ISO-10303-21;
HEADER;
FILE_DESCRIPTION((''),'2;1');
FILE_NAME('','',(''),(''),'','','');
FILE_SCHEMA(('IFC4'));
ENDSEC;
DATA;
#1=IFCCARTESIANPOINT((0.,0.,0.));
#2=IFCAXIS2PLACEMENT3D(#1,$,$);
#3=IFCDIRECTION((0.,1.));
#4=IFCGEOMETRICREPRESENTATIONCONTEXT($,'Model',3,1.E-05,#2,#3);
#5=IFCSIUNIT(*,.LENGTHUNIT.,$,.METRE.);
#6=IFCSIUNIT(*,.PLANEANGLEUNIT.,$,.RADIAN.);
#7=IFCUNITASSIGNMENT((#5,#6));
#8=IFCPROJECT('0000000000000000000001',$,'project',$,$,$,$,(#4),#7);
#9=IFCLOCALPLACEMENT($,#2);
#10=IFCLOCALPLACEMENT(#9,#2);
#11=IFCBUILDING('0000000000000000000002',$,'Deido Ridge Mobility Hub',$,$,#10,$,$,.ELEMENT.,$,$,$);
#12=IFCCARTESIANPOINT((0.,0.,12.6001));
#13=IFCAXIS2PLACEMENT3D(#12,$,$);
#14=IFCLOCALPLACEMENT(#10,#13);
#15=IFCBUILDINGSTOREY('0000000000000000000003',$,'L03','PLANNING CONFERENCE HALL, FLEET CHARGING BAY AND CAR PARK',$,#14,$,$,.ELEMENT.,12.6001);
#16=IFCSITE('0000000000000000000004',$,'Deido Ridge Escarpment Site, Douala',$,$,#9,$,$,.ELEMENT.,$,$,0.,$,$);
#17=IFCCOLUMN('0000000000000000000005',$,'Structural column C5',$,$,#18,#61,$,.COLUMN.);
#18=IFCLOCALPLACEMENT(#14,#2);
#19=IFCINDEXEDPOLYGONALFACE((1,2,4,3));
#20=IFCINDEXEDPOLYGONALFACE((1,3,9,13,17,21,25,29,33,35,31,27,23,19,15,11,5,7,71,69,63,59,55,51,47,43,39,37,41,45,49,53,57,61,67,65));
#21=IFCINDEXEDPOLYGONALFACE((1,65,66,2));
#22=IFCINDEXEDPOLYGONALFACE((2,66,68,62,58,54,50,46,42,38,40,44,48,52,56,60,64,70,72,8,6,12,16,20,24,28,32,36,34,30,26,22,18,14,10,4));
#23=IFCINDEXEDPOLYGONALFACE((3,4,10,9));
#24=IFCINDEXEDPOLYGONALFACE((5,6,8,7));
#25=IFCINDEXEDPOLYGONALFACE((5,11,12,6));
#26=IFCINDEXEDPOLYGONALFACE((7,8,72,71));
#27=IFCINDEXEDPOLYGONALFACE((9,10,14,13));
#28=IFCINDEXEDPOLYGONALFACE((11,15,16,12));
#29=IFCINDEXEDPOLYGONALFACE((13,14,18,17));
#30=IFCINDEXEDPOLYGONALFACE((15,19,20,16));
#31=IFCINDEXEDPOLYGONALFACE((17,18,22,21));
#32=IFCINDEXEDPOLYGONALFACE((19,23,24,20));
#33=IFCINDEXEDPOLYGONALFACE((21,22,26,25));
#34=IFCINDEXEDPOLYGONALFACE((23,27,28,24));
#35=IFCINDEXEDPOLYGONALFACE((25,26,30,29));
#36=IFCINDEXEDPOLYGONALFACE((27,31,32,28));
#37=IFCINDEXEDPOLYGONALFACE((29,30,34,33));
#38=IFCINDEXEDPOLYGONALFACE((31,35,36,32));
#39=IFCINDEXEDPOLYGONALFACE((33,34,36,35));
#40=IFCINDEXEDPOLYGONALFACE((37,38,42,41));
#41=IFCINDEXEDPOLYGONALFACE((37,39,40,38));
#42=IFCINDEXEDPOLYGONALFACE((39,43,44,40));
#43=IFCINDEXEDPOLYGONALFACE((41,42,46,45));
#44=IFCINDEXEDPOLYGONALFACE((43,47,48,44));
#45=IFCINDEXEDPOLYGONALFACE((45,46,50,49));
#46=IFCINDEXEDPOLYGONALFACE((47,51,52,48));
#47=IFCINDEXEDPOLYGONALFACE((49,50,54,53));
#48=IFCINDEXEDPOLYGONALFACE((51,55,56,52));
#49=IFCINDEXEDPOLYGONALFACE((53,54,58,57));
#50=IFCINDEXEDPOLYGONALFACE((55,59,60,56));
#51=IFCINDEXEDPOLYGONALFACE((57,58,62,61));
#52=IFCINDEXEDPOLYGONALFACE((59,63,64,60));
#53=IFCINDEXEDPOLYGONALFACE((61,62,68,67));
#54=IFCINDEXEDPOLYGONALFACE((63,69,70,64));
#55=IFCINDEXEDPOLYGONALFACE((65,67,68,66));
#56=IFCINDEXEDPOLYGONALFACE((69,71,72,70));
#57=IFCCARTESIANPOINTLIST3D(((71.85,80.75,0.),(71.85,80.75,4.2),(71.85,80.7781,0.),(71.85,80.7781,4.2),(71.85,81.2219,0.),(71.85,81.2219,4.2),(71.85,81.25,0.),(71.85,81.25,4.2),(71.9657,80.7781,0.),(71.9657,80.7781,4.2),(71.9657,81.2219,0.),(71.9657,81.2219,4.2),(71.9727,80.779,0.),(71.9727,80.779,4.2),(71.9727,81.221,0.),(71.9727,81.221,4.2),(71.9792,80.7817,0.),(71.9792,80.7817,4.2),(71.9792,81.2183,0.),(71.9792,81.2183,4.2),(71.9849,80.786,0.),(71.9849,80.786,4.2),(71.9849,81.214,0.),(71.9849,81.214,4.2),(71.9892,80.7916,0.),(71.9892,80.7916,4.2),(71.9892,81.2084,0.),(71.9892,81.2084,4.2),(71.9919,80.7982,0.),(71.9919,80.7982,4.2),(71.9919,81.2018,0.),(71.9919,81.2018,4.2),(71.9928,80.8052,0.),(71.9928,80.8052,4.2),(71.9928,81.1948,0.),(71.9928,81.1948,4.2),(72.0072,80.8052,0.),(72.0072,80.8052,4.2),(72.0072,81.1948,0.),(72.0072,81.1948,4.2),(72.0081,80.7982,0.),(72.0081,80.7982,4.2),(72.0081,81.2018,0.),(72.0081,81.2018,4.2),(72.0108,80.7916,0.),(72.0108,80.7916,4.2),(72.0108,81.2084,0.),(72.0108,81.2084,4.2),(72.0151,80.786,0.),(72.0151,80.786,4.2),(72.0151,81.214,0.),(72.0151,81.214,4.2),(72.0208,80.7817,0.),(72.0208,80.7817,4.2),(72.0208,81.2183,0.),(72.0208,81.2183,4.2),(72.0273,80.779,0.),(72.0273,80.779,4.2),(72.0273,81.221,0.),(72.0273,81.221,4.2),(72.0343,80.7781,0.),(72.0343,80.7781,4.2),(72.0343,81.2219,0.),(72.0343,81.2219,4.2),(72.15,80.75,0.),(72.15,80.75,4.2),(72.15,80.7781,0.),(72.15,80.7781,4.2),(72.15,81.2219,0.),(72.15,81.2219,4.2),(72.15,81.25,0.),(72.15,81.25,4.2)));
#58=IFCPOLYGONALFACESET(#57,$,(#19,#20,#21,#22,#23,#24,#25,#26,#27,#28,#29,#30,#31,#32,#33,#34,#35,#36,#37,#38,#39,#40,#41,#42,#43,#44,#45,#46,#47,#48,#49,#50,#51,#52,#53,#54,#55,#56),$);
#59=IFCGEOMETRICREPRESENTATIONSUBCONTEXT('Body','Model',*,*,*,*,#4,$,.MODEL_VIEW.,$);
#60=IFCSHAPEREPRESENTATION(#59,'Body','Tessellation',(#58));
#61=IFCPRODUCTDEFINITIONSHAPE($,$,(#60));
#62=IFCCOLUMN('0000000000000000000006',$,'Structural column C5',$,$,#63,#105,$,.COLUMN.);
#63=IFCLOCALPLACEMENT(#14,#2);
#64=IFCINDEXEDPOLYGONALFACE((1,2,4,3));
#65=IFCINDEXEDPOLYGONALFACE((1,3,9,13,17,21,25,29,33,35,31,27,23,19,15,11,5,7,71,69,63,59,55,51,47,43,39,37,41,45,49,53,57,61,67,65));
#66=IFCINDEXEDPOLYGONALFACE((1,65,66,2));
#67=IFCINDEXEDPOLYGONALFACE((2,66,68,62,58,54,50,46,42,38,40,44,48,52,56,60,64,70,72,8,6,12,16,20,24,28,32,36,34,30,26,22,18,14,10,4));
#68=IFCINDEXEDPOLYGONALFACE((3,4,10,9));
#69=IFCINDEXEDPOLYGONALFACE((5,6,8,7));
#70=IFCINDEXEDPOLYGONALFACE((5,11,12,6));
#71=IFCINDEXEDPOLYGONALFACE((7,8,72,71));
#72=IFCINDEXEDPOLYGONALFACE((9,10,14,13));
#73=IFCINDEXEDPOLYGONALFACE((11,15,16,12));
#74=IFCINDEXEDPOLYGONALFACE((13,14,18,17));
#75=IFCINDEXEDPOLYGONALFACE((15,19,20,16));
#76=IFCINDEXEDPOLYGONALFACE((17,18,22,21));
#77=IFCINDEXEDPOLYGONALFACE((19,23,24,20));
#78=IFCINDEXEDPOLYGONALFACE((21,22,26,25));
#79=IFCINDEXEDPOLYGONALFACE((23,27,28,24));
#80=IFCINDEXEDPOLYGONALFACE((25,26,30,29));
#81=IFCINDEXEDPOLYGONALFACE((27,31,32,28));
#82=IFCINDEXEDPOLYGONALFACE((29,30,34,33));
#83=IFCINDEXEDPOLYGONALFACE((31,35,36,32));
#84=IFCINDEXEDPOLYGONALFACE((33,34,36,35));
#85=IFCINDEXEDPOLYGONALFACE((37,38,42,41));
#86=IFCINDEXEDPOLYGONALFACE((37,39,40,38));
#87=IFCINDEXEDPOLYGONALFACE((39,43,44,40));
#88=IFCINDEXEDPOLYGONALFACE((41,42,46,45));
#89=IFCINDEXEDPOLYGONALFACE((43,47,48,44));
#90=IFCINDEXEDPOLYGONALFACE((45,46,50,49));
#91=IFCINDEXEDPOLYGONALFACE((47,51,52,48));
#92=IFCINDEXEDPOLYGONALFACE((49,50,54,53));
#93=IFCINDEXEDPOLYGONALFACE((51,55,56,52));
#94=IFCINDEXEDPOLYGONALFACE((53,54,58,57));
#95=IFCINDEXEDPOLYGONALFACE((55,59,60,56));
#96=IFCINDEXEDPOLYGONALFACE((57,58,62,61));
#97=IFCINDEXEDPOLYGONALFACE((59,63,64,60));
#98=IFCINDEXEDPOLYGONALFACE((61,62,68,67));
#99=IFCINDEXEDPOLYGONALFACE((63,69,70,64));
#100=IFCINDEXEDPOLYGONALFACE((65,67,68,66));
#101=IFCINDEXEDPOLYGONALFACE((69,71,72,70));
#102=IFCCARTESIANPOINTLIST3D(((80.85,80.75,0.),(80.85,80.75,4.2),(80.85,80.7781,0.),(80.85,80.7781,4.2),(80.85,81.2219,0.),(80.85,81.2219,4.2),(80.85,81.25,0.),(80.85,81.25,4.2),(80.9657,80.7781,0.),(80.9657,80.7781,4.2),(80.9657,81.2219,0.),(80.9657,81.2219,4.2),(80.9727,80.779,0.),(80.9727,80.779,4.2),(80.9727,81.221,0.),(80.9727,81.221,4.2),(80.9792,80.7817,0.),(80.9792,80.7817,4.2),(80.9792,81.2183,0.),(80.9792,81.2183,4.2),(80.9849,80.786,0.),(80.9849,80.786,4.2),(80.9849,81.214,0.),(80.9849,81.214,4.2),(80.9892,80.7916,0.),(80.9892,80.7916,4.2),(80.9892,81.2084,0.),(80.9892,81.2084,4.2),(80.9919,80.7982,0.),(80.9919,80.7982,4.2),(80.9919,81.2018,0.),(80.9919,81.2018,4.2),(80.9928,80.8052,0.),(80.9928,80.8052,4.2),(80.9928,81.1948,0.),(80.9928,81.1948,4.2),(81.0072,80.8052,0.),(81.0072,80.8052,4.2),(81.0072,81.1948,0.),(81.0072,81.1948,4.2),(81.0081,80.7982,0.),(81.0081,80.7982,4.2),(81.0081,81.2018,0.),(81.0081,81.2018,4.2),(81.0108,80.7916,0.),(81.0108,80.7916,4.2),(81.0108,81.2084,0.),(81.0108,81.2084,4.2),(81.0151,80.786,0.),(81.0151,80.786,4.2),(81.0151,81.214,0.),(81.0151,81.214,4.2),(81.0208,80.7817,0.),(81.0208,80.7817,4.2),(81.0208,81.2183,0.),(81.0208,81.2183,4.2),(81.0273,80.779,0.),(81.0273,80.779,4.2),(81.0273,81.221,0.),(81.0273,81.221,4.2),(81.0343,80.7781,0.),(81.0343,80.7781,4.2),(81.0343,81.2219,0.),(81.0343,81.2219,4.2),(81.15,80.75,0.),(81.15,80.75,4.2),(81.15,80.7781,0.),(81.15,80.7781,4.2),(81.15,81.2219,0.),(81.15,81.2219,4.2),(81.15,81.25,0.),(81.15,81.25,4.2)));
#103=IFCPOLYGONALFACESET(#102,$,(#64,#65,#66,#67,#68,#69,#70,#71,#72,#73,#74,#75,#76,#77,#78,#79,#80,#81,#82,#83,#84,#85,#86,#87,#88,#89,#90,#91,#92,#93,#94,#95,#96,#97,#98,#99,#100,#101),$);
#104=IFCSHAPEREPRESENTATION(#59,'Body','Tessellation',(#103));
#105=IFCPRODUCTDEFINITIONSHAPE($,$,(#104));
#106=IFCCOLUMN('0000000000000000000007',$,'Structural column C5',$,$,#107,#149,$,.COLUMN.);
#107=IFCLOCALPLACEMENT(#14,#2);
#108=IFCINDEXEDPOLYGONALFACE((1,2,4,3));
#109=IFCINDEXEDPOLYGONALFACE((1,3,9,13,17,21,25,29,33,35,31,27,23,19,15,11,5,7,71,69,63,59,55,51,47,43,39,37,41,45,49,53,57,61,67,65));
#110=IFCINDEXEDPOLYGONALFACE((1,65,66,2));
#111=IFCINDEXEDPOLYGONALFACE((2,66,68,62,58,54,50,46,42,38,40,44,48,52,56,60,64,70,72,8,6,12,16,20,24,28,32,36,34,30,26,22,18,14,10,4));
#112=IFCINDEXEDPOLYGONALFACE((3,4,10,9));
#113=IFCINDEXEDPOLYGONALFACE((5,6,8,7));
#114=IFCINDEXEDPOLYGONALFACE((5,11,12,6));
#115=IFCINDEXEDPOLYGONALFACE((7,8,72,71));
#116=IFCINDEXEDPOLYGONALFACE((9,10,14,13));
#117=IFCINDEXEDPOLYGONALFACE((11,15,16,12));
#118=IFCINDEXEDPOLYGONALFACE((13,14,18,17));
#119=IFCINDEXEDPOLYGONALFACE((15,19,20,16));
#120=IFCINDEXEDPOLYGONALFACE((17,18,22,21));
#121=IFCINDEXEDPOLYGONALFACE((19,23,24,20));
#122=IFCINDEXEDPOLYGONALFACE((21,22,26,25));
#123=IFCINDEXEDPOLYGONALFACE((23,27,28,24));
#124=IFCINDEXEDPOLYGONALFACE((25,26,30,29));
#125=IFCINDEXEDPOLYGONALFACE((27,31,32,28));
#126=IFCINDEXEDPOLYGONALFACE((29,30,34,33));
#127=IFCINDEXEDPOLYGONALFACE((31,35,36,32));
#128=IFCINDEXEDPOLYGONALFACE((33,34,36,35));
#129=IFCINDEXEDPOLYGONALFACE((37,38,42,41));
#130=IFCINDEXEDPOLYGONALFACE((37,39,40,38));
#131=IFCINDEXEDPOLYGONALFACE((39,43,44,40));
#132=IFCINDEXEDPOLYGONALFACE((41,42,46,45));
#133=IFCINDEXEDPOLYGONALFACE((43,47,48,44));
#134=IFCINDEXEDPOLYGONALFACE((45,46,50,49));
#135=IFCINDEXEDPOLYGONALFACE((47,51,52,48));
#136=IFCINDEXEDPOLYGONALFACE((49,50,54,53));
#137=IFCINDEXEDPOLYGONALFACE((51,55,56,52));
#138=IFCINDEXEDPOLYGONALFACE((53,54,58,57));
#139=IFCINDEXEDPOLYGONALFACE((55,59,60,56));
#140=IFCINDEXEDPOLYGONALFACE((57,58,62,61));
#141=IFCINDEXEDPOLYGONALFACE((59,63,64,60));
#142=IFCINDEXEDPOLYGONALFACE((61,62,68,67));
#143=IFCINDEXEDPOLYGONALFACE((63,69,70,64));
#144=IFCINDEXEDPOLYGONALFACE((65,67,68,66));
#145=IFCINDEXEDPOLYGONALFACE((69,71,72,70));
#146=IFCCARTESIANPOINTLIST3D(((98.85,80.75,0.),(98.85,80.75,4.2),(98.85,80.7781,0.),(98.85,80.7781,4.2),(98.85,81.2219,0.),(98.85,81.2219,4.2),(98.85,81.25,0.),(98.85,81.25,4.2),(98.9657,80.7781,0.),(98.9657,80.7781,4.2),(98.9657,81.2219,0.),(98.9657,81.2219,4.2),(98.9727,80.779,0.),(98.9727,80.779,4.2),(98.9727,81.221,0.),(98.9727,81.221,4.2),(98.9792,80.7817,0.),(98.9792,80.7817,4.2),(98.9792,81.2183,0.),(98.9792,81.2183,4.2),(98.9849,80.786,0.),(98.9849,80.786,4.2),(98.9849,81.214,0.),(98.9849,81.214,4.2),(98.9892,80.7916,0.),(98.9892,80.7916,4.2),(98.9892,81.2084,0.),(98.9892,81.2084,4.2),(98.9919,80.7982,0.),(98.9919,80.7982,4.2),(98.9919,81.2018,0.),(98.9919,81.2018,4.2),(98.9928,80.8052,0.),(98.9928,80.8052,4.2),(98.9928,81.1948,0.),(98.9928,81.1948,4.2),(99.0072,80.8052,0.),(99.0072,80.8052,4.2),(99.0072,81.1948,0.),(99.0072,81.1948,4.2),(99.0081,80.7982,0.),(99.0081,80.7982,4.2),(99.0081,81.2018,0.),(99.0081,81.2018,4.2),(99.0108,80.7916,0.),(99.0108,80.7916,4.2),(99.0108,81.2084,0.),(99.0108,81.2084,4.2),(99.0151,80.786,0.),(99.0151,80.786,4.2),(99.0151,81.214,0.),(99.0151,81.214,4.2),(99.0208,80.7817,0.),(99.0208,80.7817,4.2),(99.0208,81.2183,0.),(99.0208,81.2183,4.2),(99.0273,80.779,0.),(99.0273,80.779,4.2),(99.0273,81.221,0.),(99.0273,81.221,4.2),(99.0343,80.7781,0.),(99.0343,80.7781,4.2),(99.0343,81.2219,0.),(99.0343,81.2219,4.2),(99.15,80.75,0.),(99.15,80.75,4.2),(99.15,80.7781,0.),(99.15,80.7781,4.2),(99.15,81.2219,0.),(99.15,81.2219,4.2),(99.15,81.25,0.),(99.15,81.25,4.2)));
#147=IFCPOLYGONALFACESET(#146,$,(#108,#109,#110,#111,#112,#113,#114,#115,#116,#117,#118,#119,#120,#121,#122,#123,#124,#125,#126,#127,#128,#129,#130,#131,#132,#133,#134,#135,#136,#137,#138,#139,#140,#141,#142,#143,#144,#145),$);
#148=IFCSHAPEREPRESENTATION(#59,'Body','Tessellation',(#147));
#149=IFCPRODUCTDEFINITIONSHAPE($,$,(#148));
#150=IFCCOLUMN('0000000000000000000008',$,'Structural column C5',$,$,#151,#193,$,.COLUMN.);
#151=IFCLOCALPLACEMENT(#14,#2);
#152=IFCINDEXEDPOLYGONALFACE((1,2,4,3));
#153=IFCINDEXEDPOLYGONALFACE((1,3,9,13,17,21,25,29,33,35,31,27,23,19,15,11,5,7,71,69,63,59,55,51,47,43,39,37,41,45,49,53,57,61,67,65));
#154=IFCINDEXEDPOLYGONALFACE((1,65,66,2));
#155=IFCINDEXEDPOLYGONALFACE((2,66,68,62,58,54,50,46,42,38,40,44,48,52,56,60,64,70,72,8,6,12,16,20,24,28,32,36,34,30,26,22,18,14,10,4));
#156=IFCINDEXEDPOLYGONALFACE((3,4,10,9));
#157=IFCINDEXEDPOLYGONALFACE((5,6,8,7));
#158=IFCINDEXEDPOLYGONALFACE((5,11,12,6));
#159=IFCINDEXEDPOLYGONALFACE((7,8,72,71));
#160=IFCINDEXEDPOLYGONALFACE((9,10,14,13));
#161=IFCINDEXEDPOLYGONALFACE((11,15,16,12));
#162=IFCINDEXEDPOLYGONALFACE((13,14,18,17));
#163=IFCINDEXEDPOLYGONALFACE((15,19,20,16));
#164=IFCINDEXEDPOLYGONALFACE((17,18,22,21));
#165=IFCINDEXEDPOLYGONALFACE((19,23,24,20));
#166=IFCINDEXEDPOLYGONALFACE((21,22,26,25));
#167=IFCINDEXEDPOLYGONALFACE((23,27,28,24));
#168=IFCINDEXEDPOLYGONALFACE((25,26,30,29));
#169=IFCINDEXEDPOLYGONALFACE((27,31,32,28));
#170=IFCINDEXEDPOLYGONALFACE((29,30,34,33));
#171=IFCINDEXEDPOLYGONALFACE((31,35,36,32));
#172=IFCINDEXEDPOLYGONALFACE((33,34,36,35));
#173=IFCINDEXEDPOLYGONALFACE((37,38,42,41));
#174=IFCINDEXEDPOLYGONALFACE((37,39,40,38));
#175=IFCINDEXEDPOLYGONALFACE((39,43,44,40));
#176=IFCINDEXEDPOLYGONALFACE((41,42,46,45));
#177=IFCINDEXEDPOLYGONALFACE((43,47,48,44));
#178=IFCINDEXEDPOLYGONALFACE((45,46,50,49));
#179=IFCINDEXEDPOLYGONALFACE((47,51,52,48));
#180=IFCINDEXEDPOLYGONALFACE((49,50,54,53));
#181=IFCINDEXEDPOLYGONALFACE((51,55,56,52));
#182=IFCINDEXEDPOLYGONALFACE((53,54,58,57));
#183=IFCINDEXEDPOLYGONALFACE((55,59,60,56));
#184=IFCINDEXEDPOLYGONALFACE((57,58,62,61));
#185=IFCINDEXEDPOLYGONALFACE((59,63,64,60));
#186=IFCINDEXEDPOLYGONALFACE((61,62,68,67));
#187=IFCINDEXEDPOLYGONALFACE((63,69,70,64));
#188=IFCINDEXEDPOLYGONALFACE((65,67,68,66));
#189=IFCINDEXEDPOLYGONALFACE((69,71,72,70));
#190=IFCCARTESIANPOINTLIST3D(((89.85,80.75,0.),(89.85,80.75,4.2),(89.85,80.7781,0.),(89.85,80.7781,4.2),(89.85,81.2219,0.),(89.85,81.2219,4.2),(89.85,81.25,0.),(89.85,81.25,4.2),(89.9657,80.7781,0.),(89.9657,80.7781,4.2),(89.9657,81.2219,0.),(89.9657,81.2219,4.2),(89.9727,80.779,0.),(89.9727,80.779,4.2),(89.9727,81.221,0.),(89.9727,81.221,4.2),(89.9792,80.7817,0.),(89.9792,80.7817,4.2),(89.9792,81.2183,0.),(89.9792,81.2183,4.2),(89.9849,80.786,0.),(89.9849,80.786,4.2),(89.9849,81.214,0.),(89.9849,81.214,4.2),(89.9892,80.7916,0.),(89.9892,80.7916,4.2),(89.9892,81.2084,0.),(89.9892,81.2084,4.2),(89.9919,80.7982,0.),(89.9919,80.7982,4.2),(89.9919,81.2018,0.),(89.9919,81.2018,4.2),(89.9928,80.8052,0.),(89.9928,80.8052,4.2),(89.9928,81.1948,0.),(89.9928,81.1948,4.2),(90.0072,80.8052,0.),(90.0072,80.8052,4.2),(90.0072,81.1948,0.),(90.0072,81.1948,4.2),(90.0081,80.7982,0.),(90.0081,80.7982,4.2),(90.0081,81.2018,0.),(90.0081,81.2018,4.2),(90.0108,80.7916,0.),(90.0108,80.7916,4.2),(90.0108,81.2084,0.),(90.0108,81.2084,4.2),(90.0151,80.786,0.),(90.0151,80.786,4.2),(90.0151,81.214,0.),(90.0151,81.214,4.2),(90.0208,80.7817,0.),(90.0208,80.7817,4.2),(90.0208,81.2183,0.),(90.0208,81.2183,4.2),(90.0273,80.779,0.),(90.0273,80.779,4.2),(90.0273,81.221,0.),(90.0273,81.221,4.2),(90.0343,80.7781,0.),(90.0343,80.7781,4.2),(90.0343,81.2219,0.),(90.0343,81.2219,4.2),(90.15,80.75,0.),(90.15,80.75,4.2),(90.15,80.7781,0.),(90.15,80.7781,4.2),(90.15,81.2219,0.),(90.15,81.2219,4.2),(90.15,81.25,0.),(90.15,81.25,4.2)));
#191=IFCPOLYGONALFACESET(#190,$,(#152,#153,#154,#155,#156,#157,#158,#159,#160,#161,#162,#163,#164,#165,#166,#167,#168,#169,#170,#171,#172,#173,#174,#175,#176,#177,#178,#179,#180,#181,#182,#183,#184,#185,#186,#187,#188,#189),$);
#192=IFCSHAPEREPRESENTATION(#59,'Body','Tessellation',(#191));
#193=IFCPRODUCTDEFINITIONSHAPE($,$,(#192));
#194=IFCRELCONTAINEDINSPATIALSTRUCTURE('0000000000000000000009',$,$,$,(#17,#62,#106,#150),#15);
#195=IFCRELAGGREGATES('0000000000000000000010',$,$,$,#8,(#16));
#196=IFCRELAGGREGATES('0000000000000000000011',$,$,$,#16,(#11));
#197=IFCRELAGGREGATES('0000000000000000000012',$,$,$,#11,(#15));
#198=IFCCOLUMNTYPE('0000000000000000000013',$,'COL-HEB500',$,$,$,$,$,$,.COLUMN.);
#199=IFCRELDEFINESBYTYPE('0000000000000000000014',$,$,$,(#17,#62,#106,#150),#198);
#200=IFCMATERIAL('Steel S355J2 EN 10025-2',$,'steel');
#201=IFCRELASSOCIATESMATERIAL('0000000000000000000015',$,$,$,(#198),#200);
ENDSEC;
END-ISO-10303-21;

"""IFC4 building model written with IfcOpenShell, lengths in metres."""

from ifc_helpers import new_model, si_unit, direction, frame, origin, origin_2d, place, context, subcontext, project, spatial, i_section, extrude, material, material_profile, profile_set, type_object, element, save


model = new_model("IFC4")

# Units and contexts
model_context = context("Model", 3, precision=1e-05, world=origin(), true_north=direction((0.0, 1.0)))
body_context = subcontext(model_context, "Body", "Model", "MODEL_VIEW")
ifc_project = project(units=[si_unit("LENGTHUNIT", "METRE"), si_unit("PLANEANGLEUNIT", "RADIAN")], contexts=[model_context])

# Site, building, storey
site_placement = place(None, origin())
site = spatial("IfcSite", under=ifc_project, at=site_placement, Name="Deido Ridge Escarpment Site, Douala", CompositionType="ELEMENT", RefElevation=0.0)
building_placement = place(site_placement, origin())
building = spatial("IfcBuilding", under=site, at=building_placement, Name="Deido Ridge Mobility Hub", CompositionType="ELEMENT")
storey_placement = place(building_placement, frame((0.0, 0.0, 12.6001)))
storey = spatial("IfcBuildingStorey", under=building, at=storey_placement, Name="L03", Description="PLANNING CONFERENCE HALL, FLEET CHARGING BAY AND CAR PARK", CompositionType="ELEMENT", Elevation=12.6001)

# Columns
ifc_material_1 = material(Name="Steel S355J2 EN 10025-2", Category="steel")
ifc_material_profile_1 = material_profile(ifc_material_1, i_section(OverallWidth=0.3, OverallDepth=0.5, WebThickness=0.0144, FlangeThickness=0.0281, FilletRadius=0.0271, at=origin_2d()), Name="HEB 500")
ifc_profile_set_1 = profile_set([ifc_material_profile_1], Name="Steel S355J2 EN 10025-2")
column_type_1 = type_object("IfcColumnType", Name="COL-HEB500", PredefinedType="COLUMN", material=ifc_profile_set_1)
for number, where, z_axis, x_axis, name in (
    (1, (72.0, 81.0, 0.0), (0.0, 0.0, 1.0), (1.0, 0.0, 0.0), "Structural column C5"),
    (2, (81.0, 81.0, 0.0), (0.0, 0.0, 1.0), (1.0, 0.0, 0.0), "Structural column C5"),
    (3, (99.0, 81.0, 0.0), (0.0, 0.0, 1.0), (1.0, 0.0, 0.0), "Structural column C5"),
    (4, (90.0, 81.0, 0.0), (0.0, 0.0, 1.0), (1.0, 0.0, 0.0), "Structural column C5"),
):
    element("IfcColumn", number, at=place(storey_placement, frame(where, z_axis=z_axis, x_axis=x_axis)), inside=storey, type_object=column_type_1, Name=name, PredefinedType="COLUMN", context=body_context, shape_type="SweptSolid", body=[
        extrude(i_section(OverallWidth=0.3, OverallDepth=0.5, WebThickness=0.0144, FlangeThickness=0.0281, FilletRadius=0.0271, at=origin_2d()), origin(), (0.0, 0.0, 1.0), 4.2),
    ])

save(model, "model.ifc")
